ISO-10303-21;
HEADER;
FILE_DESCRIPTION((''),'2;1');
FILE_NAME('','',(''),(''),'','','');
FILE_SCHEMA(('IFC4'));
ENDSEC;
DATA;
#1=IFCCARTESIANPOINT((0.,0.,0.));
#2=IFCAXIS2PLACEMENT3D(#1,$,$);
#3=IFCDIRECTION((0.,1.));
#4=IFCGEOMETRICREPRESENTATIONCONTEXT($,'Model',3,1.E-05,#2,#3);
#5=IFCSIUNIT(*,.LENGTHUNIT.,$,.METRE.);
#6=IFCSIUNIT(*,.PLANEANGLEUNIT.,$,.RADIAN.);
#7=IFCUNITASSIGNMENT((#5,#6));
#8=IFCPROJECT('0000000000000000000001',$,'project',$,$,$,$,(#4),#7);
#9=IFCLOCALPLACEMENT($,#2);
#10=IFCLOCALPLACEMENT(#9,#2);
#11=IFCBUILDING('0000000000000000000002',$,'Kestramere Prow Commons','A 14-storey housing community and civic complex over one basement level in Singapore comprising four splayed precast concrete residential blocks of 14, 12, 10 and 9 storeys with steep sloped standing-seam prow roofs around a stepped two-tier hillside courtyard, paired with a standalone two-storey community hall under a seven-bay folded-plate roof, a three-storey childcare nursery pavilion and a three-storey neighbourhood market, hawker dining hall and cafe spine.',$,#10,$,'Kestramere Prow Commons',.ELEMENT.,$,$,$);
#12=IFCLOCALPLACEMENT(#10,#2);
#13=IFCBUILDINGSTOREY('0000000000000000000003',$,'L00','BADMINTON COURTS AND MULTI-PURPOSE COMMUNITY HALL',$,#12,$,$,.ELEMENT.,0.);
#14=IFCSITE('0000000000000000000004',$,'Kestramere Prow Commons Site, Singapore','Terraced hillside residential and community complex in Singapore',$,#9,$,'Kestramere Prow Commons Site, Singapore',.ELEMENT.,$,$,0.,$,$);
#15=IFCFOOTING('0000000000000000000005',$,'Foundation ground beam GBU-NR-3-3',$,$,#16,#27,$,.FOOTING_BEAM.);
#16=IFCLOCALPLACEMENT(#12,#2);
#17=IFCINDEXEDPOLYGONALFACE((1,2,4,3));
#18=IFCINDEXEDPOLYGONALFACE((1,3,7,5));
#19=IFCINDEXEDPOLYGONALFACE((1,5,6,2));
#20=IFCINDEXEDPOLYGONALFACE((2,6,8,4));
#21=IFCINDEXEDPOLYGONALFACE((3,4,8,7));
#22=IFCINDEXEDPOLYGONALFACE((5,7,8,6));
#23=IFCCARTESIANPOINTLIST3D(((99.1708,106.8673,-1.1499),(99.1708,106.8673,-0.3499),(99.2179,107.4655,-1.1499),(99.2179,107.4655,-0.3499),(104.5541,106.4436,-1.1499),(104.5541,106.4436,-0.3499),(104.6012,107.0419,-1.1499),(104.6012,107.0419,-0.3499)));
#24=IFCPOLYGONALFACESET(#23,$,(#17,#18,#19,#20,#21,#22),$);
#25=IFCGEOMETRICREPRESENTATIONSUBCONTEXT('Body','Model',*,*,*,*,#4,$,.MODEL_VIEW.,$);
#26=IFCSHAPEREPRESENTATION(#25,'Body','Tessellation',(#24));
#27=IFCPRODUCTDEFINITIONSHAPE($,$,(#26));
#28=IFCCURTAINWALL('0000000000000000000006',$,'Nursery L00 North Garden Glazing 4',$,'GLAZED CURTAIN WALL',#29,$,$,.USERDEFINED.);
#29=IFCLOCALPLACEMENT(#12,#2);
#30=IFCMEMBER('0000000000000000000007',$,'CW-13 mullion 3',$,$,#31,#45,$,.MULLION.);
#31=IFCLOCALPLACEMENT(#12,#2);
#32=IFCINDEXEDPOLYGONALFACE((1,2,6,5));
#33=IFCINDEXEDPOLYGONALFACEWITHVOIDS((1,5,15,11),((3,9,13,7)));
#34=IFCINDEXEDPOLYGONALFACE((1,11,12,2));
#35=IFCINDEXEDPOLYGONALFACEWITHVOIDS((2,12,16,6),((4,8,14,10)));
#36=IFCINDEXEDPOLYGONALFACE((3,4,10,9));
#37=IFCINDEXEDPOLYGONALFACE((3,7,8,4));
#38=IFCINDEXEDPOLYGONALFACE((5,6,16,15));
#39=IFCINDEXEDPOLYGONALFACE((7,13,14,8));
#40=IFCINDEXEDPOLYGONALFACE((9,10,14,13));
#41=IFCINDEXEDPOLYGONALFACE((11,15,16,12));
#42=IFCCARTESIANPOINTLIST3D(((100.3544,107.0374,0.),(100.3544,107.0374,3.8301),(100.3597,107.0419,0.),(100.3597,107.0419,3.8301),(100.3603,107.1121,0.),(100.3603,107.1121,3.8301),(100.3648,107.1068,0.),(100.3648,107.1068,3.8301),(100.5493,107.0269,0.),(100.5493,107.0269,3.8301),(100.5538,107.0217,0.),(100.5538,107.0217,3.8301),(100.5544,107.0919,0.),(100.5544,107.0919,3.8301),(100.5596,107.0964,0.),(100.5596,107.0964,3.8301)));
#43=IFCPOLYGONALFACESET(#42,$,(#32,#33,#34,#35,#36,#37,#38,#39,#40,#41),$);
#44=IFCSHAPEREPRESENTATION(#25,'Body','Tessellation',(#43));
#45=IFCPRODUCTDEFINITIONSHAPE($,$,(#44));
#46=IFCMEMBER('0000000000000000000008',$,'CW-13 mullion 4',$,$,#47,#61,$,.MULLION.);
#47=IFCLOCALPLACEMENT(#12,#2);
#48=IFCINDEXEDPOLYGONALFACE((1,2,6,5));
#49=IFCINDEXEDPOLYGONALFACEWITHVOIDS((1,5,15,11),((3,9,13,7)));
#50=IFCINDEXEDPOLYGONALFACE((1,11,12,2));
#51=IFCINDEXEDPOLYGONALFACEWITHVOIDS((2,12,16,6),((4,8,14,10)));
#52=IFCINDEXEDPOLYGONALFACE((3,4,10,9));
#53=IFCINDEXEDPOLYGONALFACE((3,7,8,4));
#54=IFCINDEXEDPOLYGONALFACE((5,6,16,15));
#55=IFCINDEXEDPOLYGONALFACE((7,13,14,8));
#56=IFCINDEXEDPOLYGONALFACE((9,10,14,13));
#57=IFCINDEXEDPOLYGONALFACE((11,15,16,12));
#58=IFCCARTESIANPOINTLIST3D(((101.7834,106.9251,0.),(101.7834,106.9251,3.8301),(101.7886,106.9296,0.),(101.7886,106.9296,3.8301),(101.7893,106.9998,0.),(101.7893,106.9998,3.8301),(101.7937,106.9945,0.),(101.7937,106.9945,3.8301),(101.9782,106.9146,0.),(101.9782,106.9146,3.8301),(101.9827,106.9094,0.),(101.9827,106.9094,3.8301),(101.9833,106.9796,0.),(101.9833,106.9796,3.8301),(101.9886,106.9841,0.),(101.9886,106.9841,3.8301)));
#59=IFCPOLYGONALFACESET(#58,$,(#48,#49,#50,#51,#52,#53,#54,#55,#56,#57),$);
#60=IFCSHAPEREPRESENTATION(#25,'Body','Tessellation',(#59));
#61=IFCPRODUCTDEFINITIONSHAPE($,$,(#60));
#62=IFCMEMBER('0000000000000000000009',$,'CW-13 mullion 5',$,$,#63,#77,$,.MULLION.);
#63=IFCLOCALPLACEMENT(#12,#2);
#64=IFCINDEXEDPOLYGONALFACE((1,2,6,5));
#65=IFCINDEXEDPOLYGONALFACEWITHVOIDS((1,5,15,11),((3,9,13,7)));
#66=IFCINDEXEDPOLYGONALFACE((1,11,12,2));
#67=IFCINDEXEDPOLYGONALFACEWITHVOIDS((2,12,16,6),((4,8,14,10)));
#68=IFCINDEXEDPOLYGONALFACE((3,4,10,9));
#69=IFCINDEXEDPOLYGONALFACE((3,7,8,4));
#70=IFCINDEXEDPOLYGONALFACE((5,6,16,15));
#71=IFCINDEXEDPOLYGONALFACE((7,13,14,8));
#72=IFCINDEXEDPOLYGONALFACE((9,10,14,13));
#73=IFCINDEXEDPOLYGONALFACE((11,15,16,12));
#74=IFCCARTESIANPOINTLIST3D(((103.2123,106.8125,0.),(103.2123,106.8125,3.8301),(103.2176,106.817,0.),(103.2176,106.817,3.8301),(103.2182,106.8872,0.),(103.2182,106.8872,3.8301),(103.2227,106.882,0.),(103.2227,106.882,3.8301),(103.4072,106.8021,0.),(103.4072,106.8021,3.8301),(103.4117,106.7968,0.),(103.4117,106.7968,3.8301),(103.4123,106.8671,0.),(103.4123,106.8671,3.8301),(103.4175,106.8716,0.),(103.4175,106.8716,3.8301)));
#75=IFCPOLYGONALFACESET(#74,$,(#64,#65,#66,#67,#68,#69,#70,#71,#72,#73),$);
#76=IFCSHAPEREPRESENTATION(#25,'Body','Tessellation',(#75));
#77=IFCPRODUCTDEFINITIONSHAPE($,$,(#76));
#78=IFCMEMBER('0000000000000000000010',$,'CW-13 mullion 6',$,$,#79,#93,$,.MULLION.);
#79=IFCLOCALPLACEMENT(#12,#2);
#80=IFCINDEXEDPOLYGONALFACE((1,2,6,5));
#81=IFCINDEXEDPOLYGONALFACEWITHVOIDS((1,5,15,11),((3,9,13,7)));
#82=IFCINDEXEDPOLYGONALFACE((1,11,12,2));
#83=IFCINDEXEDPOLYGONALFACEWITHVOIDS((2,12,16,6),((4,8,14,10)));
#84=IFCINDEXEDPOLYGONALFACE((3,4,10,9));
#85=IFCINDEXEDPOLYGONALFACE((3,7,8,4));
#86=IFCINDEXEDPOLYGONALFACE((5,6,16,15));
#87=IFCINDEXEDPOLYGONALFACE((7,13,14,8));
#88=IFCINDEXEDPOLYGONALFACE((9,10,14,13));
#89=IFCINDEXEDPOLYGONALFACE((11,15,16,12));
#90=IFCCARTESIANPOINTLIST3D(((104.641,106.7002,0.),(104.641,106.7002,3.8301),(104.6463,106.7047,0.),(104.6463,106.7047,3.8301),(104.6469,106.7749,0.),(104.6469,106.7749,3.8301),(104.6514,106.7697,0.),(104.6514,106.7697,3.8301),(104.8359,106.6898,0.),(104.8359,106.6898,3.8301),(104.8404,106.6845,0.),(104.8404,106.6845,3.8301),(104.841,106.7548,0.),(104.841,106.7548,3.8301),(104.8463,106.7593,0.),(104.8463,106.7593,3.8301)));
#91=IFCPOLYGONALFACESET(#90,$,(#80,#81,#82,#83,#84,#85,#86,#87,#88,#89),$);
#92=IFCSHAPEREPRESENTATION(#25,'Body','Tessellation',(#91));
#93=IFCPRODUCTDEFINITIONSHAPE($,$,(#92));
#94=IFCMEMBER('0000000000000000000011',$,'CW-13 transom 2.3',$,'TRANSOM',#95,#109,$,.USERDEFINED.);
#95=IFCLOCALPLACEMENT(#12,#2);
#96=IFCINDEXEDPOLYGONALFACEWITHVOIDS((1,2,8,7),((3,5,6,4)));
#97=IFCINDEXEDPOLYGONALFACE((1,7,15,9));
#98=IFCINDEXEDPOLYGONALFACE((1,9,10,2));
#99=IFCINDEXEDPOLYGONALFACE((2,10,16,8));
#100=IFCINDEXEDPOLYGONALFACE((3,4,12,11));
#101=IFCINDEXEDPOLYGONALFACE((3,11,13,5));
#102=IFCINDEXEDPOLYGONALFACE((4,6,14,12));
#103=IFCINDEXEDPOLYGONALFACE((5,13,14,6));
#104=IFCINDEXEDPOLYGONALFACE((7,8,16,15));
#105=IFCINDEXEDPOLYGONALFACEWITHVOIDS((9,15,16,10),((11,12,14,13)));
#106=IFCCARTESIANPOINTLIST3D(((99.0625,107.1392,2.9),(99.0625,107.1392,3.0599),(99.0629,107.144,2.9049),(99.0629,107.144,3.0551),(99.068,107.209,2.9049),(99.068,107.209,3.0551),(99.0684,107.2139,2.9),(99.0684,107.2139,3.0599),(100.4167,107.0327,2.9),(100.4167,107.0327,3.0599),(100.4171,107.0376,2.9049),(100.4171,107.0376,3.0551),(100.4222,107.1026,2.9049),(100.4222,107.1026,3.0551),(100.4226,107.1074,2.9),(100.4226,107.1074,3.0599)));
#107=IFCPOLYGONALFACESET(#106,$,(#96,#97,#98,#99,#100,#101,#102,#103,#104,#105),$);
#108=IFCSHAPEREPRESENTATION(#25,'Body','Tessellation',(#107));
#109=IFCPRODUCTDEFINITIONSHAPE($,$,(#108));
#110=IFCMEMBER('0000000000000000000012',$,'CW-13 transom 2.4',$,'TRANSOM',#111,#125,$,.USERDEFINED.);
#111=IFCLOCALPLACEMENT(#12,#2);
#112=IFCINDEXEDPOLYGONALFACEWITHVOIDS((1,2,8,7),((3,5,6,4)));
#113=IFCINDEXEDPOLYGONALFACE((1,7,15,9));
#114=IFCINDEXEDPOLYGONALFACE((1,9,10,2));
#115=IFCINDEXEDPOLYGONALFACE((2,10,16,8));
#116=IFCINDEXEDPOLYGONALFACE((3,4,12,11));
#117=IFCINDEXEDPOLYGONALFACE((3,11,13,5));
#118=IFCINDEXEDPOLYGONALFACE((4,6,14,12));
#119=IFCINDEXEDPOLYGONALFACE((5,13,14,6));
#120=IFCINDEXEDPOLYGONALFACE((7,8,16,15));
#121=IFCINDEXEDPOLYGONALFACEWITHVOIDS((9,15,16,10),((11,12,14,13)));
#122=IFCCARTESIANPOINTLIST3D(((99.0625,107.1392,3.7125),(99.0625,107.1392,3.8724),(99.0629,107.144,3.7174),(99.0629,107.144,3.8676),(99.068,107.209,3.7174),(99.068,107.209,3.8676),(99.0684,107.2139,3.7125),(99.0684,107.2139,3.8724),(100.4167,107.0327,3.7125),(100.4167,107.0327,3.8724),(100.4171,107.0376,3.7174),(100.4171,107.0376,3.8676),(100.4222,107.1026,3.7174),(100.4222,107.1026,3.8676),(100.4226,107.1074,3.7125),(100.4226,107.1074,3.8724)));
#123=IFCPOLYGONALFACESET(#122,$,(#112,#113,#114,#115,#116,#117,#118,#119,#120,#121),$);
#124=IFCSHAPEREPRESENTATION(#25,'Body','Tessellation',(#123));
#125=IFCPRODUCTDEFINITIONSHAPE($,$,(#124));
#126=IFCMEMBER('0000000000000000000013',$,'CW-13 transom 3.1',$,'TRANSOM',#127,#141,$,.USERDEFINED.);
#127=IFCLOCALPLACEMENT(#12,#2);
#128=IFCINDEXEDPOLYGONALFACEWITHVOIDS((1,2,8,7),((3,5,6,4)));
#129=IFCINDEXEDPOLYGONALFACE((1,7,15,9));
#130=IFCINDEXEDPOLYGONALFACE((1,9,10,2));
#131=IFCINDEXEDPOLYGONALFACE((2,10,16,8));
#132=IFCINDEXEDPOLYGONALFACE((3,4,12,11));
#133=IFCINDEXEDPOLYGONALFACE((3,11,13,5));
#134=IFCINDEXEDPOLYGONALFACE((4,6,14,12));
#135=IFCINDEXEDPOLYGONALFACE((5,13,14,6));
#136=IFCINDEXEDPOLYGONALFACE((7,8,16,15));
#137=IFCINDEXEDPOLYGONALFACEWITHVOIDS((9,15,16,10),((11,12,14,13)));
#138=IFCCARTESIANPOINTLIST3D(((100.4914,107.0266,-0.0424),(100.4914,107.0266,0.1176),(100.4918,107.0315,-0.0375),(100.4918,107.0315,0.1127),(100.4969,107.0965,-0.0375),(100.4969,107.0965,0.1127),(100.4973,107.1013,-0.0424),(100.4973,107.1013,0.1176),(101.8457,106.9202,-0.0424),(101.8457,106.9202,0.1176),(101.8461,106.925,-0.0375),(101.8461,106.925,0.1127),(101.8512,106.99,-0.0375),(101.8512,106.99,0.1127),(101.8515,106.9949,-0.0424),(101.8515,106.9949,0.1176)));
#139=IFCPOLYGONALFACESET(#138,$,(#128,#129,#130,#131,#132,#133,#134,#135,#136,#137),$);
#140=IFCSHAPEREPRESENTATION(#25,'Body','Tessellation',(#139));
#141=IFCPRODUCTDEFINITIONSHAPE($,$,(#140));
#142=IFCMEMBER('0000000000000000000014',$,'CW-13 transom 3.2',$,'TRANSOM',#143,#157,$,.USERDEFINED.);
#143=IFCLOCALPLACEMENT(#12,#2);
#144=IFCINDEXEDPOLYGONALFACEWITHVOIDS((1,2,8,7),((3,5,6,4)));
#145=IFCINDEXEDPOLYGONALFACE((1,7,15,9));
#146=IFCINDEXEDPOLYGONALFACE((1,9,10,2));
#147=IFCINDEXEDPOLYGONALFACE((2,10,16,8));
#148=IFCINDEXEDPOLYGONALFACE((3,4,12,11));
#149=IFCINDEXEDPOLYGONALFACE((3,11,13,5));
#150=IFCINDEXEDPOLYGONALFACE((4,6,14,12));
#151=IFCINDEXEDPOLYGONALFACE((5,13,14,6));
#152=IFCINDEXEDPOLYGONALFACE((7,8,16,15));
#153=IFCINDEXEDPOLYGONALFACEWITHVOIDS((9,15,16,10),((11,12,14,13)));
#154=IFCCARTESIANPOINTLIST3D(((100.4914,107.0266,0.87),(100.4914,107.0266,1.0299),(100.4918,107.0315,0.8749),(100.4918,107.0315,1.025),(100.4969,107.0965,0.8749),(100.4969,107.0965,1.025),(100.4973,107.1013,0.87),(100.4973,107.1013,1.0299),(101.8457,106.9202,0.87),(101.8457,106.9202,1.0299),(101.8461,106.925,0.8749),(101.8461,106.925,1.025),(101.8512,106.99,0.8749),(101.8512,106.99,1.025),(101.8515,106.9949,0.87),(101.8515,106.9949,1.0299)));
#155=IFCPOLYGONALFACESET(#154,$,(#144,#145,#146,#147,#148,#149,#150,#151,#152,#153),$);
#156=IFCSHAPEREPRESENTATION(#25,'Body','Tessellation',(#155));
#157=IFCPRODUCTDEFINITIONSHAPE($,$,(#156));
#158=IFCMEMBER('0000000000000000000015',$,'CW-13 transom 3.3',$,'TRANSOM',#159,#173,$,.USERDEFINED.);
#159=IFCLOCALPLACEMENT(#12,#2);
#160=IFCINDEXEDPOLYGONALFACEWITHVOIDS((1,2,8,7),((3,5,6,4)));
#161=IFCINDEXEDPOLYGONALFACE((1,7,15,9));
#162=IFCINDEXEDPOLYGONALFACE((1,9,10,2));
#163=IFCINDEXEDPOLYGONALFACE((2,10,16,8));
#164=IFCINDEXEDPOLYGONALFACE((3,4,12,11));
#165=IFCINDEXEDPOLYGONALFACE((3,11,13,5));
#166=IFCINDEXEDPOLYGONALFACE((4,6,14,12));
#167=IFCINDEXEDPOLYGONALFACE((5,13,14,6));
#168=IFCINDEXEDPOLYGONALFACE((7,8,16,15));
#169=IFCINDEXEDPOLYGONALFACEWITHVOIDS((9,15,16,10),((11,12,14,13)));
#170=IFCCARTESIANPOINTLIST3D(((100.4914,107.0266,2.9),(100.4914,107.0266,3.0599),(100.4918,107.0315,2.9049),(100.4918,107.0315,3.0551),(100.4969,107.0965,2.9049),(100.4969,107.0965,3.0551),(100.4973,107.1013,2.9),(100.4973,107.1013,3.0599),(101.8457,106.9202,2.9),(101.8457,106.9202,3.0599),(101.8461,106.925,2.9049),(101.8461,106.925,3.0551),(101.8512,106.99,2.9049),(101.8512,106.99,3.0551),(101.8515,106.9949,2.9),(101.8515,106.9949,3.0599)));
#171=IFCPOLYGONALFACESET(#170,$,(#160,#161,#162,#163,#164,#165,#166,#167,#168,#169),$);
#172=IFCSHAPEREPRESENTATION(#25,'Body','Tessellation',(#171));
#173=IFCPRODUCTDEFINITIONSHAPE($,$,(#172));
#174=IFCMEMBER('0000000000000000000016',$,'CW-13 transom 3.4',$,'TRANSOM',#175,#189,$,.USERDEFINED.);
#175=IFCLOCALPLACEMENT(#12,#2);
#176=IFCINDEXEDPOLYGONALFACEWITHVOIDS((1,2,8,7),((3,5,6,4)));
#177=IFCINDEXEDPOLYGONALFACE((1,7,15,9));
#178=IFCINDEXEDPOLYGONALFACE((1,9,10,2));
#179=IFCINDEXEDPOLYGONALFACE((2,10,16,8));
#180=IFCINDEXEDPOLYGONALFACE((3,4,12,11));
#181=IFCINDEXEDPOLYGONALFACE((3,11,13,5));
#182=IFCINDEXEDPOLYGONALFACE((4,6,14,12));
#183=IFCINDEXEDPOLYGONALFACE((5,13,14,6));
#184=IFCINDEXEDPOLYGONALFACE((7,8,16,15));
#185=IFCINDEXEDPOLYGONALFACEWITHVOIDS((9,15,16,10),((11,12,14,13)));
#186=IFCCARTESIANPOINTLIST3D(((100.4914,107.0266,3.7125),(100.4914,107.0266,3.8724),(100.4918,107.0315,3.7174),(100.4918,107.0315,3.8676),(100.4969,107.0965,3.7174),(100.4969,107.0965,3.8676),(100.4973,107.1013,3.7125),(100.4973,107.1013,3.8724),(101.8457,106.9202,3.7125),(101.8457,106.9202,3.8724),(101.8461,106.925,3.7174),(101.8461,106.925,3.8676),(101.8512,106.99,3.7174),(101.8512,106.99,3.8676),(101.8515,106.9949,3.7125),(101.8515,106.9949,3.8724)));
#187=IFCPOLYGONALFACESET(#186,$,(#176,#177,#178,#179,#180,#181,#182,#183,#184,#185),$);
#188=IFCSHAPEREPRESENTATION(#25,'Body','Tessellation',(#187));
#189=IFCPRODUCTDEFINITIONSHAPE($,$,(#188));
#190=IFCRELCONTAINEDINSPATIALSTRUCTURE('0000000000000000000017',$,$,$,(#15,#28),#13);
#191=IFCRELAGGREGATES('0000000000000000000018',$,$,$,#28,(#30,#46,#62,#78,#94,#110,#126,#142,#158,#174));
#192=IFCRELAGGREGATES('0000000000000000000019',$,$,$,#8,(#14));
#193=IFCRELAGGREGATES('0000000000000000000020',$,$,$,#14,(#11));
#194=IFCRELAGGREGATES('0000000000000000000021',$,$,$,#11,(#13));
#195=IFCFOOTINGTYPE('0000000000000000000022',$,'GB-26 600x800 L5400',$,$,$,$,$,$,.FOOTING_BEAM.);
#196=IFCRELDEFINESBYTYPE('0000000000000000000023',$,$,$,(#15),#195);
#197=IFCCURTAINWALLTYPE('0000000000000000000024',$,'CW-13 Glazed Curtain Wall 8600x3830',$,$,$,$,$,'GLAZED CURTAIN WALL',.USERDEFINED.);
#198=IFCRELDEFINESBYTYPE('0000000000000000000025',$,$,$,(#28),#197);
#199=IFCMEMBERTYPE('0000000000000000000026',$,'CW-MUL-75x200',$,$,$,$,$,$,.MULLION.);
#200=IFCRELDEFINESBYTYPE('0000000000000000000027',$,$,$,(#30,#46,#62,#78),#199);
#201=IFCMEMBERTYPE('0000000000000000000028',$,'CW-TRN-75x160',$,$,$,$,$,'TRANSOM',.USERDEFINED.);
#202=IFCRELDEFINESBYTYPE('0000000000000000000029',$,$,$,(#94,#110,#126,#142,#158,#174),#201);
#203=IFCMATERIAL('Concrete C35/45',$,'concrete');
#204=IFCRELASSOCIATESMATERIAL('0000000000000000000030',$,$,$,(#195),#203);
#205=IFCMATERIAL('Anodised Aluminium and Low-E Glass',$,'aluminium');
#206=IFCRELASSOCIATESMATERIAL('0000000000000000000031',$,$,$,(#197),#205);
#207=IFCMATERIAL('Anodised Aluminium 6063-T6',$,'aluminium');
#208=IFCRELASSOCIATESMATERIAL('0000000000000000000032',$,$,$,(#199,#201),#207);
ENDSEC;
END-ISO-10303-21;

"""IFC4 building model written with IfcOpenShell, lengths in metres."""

from ifc_helpers import new_model, si_unit, direction, frame, origin, origin_2d, place, context, subcontext, project, spatial, rectangle, hollow_rectangle, extrude, material, material_profile, profile_set, type_object, element, aggregate, save


model = new_model("IFC4")

# Units and contexts
model_context = context("Model", 3, precision=1e-05, world=origin(), true_north=direction((0.0, 1.0)))
body_context = subcontext(model_context, "Body", "Model", "MODEL_VIEW")
ifc_project = project(units=[si_unit("LENGTHUNIT", "METRE"), si_unit("PLANEANGLEUNIT", "RADIAN")], contexts=[model_context])

# Site, building, storey
site_placement = place(None, origin())
site = spatial("IfcSite", under=ifc_project, at=site_placement, Name="Kestramere Prow Commons Site, Singapore", Description="Terraced hillside residential and community complex in Singapore", LongName="Kestramere Prow Commons Site, Singapore", CompositionType="ELEMENT", RefElevation=0.0)
building_placement = place(site_placement, origin())
building = spatial("IfcBuilding", under=site, at=building_placement, Name="Kestramere Prow Commons", Description="A 14-storey housing community and civic complex over one basement level in Singapore comprising four splayed precast concrete residential blocks of 14, 12, 10 and 9 storeys with steep sloped standing-seam prow roofs around a stepped two-tier hillside courtyard, paired with a standalone two-storey community hall under a seven-bay folded-plate roof, a three-storey childcare nursery pavilion and a three-storey neighbourhood market, hawker dining hall and cafe spine.", LongName="Kestramere Prow Commons", CompositionType="ELEMENT")
storey_placement = place(building_placement, origin())
storey = spatial("IfcBuildingStorey", under=building, at=storey_placement, Name="L00", Description="BADMINTON COURTS AND MULTI-PURPOSE COMMUNITY HALL", CompositionType="ELEMENT", Elevation=0.0)

# Footing
ifc_material_1 = material(Name="Concrete C35/45", Category="concrete")
footing_type = type_object("IfcFootingType", Name="GB-26 600x800 L5400", PredefinedType="FOOTING_BEAM", material=ifc_material_1)
footing_placement = place(storey_placement, frame((101.886, 106.9546, -1.1499), z_axis=(0.0, 0.0, 1.0), x_axis=(0.996917, -0.078459, 0.0)))
element("IfcFooting", 1, at=footing_placement, inside=storey, type_object=footing_type, Name="Foundation ground beam GBU-NR-3-3", PredefinedType="FOOTING_BEAM", context=body_context, shape_type="SweptSolid", body=[
    extrude(rectangle(XDim=5.3999, YDim=0.6001, at=origin_2d()), origin(), (0.0, 0.0, 1.0), 0.8),
])

# Curtain wall, members
ifc_material_2 = material(Name="Anodised Aluminium and Low-E Glass", Category="aluminium")
curtain_wall_type = type_object("IfcCurtainWallType", Name="CW-13 Glazed Curtain Wall 8600x3830", ElementType="GLAZED CURTAIN WALL", PredefinedType="USERDEFINED", material=ifc_material_2)
curtain_wall_placement = place(storey_placement, origin())
curtain_wall = element("IfcCurtainWall", 2, at=curtain_wall_placement, inside=storey, type_object=curtain_wall_type, Name="Nursery L00 North Garden Glazing 4", ObjectType="GLAZED CURTAIN WALL", PredefinedType="USERDEFINED")
ifc_material_3 = material(Name="Anodised Aluminium 6063-T6", Category="aluminium")
ifc_material_profile_1 = material_profile(ifc_material_3, hollow_rectangle(XDim=0.075, YDim=0.2, WallThickness=0.0049, at=origin_2d()), Name="ALU-MUL 75x200")
ifc_profile_set_1 = profile_set([ifc_material_profile_1], Name="Anodised Aluminium 6063-T6")
member_type_1 = type_object("IfcMemberType", Name="CW-MUL-75x200", PredefinedType="MULLION", material=ifc_profile_set_1)
member_1_placement = place(storey_placement, frame((100.457, 107.0669, 0.0), z_axis=(0.0, 0.0, 1.0), x_axis=(0.078459, 0.996917, 0.0)))
member_1 = element("IfcMember", 3, at=member_1_placement, type_object=member_type_1, Name="CW-13 mullion 3", PredefinedType="MULLION", context=body_context, shape_type="SweptSolid", body=[
    extrude(hollow_rectangle(XDim=0.075, YDim=0.2, WallThickness=0.0049, at=origin_2d()), origin(), (0.0, 0.0, 1.0), 3.8301),
])
member_2_placement = place(storey_placement, frame((101.886, 106.9546, 0.0), z_axis=(0.0, 0.0, 1.0), x_axis=(0.078459, 0.996917, 0.0)))
member_2 = element("IfcMember", 4, at=member_2_placement, type_object=member_type_1, Name="CW-13 mullion 4", PredefinedType="MULLION", context=body_context, shape_type="SweptSolid", body=[
    extrude(hollow_rectangle(XDim=0.075, YDim=0.2, WallThickness=0.0049, at=origin_2d()), origin(), (0.0, 0.0, 1.0), 3.8301),
])
member_3_placement = place(storey_placement, frame((103.3149, 106.842, 0.0), z_axis=(0.0, 0.0, 1.0), x_axis=(0.078459, 0.996917, 0.0)))
member_3 = element("IfcMember", 5, at=member_3_placement, type_object=member_type_1, Name="CW-13 mullion 5", PredefinedType="MULLION", context=body_context, shape_type="SweptSolid", body=[
    extrude(hollow_rectangle(XDim=0.075, YDim=0.2, WallThickness=0.0049, at=origin_2d()), origin(), (0.0, 0.0, 1.0), 3.8301),
])
member_4_placement = place(storey_placement, frame((104.7437, 106.7297, 0.0), z_axis=(0.0, 0.0, 1.0), x_axis=(0.078459, 0.996917, 0.0)))
member_4 = element("IfcMember", 6, at=member_4_placement, type_object=member_type_1, Name="CW-13 mullion 6", PredefinedType="MULLION", context=body_context, shape_type="SweptSolid", body=[
    extrude(hollow_rectangle(XDim=0.075, YDim=0.2, WallThickness=0.0049, at=origin_2d()), origin(), (0.0, 0.0, 1.0), 3.8301),
])
ifc_material_profile_2 = material_profile(ifc_material_3, hollow_rectangle(XDim=0.075, YDim=0.1599, WallThickness=0.0049, at=origin_2d()), Name="ALU-TRN 75x160")
ifc_profile_set_2 = profile_set([ifc_material_profile_2], Name="Anodised Aluminium 6063-T6")
member_type_2 = type_object("IfcMemberType", Name="CW-TRN-75x160", ElementType="TRANSOM", PredefinedType="USERDEFINED", material=ifc_profile_set_2)
member_5_placement = place(storey_placement, frame((99.0654, 107.1765, 2.98), z_axis=(0.996925, -0.078359, 0.0), x_axis=(0.078359, 0.996925, 0.0)))
member_5 = element("IfcMember", 7, at=member_5_placement, type_object=member_type_2, Name="CW-13 transom 2.3", ObjectType="TRANSOM", PredefinedType="USERDEFINED", context=body_context, shape_type="SweptSolid", body=[
    extrude(hollow_rectangle(XDim=0.075, YDim=0.1599, WallThickness=0.0049, at=origin_2d()), origin(), (0.0, 0.0, 1.0), 1.3584),
])
member_6_placement = place(storey_placement, frame((99.0654, 107.1765, 3.7925), z_axis=(0.996925, -0.078359, 0.0), x_axis=(0.078359, 0.996925, 0.0)))
member_6 = element("IfcMember", 8, at=member_6_placement, type_object=member_type_2, Name="CW-13 transom 2.4", ObjectType="TRANSOM", PredefinedType="USERDEFINED", context=body_context, shape_type="SweptSolid", body=[
    extrude(hollow_rectangle(XDim=0.075, YDim=0.1599, WallThickness=0.0049, at=origin_2d()), origin(), (0.0, 0.0, 1.0), 1.3584),
])
member_7_placement = place(storey_placement, frame((100.4944, 107.064, 0.0376), z_axis=(0.996925, -0.078359, 0.0), x_axis=(0.078359, 0.996925, 0.0)))
member_7 = element("IfcMember", 9, at=member_7_placement, type_object=member_type_2, Name="CW-13 transom 3.1", ObjectType="TRANSOM", PredefinedType="USERDEFINED", context=body_context, shape_type="SweptSolid", body=[
    extrude(hollow_rectangle(XDim=0.075, YDim=0.1599, WallThickness=0.0049, at=origin_2d()), origin(), (0.0, 0.0, 1.0), 1.3584),
])
member_8_placement = place(storey_placement, frame((100.4944, 107.064, 0.95), z_axis=(0.996925, -0.078359, 0.0), x_axis=(0.078359, 0.996925, 0.0)))
member_8 = element("IfcMember", 10, at=member_8_placement, type_object=member_type_2, Name="CW-13 transom 3.2", ObjectType="TRANSOM", PredefinedType="USERDEFINED", context=body_context, shape_type="SweptSolid", body=[
    extrude(hollow_rectangle(XDim=0.075, YDim=0.1599, WallThickness=0.0049, at=origin_2d()), origin(), (0.0, 0.0, 1.0), 1.3584),
])
member_9_placement = place(storey_placement, frame((100.4944, 107.064, 2.98), z_axis=(0.996925, -0.078359, 0.0), x_axis=(0.078359, 0.996925, 0.0)))
member_9 = element("IfcMember", 11, at=member_9_placement, type_object=member_type_2, Name="CW-13 transom 3.3", ObjectType="TRANSOM", PredefinedType="USERDEFINED", context=body_context, shape_type="SweptSolid", body=[
    extrude(hollow_rectangle(XDim=0.075, YDim=0.1599, WallThickness=0.0049, at=origin_2d()), origin(), (0.0, 0.0, 1.0), 1.3584),
])
member_10_placement = place(storey_placement, frame((100.4944, 107.064, 3.7925), z_axis=(0.996925, -0.078359, 0.0), x_axis=(0.078359, 0.996925, 0.0)))
member_10 = element("IfcMember", 12, at=member_10_placement, type_object=member_type_2, Name="CW-13 transom 3.4", ObjectType="TRANSOM", PredefinedType="USERDEFINED", context=body_context, shape_type="SweptSolid", body=[
    extrude(hollow_rectangle(XDim=0.075, YDim=0.1599, WallThickness=0.0049, at=origin_2d()), origin(), (0.0, 0.0, 1.0), 1.3584),
])
aggregate(curtain_wall, [member_1, member_2, member_3, member_4, member_5, member_6, member_7, member_8, member_9, member_10])

save(model, "model.ifc")
